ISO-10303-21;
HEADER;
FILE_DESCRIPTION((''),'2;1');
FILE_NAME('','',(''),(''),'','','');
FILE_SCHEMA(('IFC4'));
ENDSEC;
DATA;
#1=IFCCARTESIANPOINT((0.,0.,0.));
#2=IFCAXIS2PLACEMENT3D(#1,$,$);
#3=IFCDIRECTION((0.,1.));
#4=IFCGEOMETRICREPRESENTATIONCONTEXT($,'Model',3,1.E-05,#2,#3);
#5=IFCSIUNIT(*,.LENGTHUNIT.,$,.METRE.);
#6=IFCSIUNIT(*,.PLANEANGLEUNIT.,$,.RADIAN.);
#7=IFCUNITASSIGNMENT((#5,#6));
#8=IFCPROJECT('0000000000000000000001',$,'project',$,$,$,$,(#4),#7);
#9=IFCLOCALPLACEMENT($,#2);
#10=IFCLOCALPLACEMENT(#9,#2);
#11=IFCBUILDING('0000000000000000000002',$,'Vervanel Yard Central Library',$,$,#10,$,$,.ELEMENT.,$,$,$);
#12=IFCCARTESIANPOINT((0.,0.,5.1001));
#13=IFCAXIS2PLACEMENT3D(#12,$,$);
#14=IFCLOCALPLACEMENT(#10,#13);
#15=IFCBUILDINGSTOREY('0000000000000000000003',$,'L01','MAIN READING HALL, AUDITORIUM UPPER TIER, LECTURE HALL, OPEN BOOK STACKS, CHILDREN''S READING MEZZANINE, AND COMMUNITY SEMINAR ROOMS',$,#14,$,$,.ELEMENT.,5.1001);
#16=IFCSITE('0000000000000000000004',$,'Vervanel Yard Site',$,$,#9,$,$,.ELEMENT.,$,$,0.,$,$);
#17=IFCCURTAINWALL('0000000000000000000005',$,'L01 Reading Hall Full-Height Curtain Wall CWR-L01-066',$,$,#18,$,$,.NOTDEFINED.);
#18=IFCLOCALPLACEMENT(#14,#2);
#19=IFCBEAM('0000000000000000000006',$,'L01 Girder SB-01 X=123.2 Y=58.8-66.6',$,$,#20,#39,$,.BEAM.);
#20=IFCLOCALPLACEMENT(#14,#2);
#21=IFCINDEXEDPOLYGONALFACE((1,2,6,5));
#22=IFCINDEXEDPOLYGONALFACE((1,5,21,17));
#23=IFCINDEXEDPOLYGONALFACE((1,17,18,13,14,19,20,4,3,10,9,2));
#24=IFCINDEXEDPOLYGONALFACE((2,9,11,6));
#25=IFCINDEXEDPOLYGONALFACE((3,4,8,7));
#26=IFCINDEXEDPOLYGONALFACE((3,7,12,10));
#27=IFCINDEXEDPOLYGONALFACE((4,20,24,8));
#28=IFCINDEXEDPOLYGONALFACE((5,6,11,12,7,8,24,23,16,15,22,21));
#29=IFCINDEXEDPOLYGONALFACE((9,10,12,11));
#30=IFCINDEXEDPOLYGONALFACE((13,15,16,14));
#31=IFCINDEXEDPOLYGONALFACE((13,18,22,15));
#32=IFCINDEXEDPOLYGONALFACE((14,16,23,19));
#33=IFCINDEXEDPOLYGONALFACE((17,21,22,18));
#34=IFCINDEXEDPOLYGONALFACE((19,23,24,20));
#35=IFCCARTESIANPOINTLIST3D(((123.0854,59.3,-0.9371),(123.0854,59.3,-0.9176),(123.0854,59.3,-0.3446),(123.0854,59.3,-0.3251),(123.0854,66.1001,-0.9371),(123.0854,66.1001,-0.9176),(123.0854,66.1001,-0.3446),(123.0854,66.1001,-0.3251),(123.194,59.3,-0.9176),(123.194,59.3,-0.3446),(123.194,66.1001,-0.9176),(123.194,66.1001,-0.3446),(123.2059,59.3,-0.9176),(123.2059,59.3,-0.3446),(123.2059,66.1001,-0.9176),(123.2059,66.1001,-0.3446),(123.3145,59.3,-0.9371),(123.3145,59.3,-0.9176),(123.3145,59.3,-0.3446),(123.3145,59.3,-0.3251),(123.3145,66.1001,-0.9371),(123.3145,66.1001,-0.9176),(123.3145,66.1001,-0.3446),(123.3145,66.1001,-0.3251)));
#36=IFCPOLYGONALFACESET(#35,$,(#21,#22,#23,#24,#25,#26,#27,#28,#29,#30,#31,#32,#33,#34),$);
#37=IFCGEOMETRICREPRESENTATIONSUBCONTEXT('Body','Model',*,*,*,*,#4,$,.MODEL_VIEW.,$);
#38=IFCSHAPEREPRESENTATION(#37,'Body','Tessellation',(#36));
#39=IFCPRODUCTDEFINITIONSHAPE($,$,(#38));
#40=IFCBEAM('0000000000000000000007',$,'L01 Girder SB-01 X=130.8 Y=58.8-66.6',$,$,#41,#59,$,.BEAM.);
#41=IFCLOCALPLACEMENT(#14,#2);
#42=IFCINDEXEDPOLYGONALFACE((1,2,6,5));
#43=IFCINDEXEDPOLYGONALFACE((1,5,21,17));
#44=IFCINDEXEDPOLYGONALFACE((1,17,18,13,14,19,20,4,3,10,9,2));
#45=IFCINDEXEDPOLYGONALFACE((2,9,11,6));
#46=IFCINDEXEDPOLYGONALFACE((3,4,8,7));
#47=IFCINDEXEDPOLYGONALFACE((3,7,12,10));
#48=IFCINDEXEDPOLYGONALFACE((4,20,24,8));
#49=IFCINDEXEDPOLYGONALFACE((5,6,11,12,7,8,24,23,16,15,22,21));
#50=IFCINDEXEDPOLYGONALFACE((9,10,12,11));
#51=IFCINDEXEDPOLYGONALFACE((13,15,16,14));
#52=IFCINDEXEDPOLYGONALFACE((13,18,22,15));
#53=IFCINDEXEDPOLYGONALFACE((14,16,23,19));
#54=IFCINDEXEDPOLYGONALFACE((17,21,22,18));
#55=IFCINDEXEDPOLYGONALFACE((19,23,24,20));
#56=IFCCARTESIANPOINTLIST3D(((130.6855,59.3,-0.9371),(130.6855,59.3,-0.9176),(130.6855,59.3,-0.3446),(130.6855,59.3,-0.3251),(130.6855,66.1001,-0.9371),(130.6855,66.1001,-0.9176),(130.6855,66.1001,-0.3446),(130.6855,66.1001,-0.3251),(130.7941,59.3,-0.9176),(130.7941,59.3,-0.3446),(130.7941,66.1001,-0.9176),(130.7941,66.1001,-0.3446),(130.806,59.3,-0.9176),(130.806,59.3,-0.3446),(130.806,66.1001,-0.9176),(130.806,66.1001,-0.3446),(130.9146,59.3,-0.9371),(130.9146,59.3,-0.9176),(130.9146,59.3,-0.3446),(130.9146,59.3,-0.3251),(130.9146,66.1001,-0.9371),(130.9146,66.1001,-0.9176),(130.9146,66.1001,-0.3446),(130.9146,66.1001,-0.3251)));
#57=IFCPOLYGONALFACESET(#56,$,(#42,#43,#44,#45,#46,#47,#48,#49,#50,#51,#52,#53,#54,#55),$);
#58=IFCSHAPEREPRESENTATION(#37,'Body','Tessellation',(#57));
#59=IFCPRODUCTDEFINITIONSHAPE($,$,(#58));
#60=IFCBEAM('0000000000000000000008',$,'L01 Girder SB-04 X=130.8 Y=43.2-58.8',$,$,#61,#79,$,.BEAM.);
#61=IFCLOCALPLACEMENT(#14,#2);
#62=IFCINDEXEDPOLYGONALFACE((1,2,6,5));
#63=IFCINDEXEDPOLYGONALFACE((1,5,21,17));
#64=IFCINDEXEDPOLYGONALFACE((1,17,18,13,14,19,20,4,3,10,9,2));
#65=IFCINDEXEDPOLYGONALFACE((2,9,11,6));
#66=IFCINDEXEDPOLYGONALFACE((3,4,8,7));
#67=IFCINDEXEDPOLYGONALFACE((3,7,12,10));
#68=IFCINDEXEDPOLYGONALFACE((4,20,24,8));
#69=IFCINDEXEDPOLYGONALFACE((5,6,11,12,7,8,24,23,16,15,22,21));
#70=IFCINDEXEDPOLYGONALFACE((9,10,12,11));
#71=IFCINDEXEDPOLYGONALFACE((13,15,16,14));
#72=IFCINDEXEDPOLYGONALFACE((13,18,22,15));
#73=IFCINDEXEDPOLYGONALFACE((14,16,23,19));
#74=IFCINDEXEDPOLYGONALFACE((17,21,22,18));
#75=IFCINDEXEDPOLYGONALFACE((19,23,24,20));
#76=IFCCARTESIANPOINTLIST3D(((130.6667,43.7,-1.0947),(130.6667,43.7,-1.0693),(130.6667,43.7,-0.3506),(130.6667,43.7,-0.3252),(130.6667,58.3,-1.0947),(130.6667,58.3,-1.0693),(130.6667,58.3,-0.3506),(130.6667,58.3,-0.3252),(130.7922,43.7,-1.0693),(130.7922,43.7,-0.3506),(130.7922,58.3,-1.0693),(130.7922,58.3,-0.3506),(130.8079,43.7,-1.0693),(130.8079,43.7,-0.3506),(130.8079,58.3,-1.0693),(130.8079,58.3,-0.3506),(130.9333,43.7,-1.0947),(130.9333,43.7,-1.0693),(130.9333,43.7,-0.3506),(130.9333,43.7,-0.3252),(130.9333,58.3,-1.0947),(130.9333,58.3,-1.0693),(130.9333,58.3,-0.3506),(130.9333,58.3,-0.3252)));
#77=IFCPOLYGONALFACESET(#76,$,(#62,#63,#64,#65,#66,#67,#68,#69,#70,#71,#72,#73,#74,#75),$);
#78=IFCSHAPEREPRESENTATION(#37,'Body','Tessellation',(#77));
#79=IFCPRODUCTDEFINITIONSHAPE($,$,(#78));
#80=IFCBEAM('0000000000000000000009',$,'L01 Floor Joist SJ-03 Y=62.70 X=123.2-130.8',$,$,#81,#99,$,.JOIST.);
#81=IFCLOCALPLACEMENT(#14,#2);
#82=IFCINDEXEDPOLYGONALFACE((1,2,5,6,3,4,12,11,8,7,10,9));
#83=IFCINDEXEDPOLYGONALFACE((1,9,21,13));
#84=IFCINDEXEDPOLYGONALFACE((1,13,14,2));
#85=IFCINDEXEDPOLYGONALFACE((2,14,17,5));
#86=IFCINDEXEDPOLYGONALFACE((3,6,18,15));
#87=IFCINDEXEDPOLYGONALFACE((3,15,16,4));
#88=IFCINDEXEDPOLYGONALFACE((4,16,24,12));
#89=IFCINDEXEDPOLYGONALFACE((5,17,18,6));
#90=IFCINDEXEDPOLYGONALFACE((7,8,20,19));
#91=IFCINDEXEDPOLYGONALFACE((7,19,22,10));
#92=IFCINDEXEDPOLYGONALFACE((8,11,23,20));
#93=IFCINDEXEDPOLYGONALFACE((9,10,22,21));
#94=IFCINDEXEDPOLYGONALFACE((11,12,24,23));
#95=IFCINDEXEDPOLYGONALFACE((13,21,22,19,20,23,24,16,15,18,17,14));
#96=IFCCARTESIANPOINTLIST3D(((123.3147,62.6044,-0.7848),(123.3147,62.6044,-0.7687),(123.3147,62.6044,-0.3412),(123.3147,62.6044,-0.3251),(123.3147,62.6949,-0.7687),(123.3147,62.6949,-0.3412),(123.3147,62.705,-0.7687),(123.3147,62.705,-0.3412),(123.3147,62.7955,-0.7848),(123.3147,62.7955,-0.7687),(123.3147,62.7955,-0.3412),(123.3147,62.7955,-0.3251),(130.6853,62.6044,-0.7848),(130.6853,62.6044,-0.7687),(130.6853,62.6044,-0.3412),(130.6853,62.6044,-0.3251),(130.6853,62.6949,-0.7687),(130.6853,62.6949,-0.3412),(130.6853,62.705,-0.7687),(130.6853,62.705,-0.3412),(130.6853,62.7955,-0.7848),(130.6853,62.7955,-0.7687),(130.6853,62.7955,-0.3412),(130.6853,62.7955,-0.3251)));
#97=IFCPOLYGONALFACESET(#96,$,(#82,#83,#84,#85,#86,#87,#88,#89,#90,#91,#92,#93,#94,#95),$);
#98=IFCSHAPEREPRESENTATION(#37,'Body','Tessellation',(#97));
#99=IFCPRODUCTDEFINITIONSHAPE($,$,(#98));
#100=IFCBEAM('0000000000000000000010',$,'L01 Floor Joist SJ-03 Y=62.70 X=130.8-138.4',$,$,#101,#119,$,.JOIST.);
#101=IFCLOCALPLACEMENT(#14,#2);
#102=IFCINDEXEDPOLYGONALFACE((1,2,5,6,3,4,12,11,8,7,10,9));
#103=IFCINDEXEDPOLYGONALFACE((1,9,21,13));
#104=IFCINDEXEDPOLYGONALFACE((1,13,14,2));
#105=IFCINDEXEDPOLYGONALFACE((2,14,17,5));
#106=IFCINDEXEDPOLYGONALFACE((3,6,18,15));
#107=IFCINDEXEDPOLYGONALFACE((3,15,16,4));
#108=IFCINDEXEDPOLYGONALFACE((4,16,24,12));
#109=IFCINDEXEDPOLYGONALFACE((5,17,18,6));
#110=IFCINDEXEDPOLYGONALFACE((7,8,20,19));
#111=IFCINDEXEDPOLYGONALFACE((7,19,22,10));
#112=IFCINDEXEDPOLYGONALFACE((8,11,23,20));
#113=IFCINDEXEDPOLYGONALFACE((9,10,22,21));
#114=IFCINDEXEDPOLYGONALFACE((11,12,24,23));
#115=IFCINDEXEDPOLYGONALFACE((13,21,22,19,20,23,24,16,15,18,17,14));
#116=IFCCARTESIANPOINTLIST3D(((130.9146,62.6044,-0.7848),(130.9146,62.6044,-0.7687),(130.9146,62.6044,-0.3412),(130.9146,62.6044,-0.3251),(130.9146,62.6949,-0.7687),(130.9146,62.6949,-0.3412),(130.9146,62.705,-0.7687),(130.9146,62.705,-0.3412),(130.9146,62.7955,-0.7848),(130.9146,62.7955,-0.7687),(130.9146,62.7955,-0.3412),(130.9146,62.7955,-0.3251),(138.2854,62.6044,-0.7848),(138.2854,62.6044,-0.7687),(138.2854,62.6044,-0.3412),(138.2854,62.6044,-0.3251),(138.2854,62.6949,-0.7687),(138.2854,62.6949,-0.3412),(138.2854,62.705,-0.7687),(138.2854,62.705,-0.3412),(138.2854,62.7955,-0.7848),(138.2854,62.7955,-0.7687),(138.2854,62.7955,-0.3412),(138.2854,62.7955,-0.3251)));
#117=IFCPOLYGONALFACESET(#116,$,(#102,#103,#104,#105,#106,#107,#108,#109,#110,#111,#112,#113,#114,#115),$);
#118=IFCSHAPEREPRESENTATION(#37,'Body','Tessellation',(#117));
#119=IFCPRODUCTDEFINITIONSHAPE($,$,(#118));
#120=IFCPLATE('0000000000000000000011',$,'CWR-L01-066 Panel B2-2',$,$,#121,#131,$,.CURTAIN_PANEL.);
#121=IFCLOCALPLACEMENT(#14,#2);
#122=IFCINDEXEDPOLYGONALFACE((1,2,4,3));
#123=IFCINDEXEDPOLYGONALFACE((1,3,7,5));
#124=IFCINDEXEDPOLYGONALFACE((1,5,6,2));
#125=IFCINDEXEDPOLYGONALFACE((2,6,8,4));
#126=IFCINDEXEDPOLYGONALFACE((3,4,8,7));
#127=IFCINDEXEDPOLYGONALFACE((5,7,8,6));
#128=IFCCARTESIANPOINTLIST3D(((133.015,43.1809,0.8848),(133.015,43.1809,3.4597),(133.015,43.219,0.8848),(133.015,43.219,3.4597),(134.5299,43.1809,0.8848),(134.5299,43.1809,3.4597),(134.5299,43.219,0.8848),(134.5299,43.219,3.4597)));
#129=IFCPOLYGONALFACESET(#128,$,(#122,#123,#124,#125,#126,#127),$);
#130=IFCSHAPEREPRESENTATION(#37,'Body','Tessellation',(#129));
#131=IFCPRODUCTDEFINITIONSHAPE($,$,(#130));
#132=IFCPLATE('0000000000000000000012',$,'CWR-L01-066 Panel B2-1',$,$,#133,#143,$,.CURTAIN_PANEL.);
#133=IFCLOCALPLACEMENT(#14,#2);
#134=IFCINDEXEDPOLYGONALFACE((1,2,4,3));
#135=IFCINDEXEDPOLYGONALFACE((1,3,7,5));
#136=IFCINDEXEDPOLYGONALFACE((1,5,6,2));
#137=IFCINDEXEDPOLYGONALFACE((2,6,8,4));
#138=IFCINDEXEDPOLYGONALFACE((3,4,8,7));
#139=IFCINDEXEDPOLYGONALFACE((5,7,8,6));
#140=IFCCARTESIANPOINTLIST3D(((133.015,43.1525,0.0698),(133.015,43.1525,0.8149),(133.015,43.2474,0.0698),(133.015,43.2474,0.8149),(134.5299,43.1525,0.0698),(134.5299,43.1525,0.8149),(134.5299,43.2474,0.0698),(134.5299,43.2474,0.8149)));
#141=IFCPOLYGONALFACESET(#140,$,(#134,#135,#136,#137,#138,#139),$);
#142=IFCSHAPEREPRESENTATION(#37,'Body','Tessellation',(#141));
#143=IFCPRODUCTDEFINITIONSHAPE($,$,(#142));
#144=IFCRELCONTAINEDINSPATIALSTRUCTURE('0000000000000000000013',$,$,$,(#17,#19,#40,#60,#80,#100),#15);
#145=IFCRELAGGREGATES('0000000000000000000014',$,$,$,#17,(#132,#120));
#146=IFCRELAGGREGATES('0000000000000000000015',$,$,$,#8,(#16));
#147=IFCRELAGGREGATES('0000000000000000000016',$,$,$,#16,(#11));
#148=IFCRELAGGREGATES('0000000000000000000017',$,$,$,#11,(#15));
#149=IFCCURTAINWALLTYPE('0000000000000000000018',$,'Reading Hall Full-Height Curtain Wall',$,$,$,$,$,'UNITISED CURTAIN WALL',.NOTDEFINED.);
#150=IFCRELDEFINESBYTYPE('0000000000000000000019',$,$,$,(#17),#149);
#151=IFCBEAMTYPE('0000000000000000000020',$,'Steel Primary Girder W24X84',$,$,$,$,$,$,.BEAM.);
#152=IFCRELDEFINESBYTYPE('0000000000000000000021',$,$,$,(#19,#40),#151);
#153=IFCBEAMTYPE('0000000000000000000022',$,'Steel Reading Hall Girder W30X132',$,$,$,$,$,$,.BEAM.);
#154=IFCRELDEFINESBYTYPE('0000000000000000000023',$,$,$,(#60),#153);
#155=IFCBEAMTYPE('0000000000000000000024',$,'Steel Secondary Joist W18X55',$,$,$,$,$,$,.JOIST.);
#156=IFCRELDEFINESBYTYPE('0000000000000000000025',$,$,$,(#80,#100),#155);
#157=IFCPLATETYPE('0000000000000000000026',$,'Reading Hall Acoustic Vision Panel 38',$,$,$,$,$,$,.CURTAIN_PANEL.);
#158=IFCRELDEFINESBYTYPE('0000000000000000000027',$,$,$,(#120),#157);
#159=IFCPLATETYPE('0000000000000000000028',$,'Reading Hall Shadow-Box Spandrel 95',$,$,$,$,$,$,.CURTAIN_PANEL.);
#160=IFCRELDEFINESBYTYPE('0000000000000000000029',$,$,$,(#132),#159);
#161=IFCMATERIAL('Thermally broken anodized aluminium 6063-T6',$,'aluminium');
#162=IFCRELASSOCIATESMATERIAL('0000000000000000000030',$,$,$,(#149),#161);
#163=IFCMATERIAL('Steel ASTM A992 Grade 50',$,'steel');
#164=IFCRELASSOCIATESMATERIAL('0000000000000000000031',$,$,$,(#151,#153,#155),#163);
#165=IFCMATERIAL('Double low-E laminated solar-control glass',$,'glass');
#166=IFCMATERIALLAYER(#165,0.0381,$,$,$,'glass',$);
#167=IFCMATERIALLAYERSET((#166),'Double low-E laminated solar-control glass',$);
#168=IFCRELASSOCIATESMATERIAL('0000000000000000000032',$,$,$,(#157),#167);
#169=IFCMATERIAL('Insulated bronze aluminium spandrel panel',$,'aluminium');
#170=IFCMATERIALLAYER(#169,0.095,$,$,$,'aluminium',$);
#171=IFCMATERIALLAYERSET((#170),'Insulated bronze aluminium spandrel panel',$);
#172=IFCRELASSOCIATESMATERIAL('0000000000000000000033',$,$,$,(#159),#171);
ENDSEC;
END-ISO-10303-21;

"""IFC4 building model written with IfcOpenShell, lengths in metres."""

from ifc_helpers import new_model, si_unit, direction, frame, origin, origin_2d, place, context, subcontext, project, spatial, rectangle, i_section, extrude, material, layer, layer_set, material_profile, profile_set, type_object, element, aggregate, save


model = new_model("IFC4")

# Units and contexts
model_context = context("Model", 3, precision=1e-05, world=origin(), true_north=direction((0.0, 1.0)))
body_context = subcontext(model_context, "Body", "Model", "MODEL_VIEW")
ifc_project = project(units=[si_unit("LENGTHUNIT", "METRE"), si_unit("PLANEANGLEUNIT", "RADIAN")], contexts=[model_context])

# Site, building, storey
site_placement = place(None, origin())
site = spatial("IfcSite", under=ifc_project, at=site_placement, Name="Vervanel Yard Site", CompositionType="ELEMENT", RefElevation=0.0)
building_placement = place(site_placement, origin())
building = spatial("IfcBuilding", under=site, at=building_placement, Name="Vervanel Yard Central Library", CompositionType="ELEMENT")
storey_placement = place(building_placement, frame((0.0, 0.0, 5.1001)))
storey = spatial("IfcBuildingStorey", under=building, at=storey_placement, Name="L01", Description="MAIN READING HALL, AUDITORIUM UPPER TIER, LECTURE HALL, OPEN BOOK STACKS, CHILDREN'S READING MEZZANINE, AND COMMUNITY SEMINAR ROOMS", CompositionType="ELEMENT", Elevation=5.1001)

# Shared definitions
ifc_material_1 = material(Name="Steel ASTM A992 Grade 50", Category="steel")

# Curtain wall
ifc_material_2 = material(Name="Thermally broken anodized aluminium 6063-T6", Category="aluminium")
curtain_wall_type = type_object("IfcCurtainWallType", Name="Reading Hall Full-Height Curtain Wall", ElementType="UNITISED CURTAIN WALL", PredefinedType="NOTDEFINED", material=ifc_material_2)
curtain_wall_1_placement = place(storey_placement, origin())
curtain_wall_1 = element("IfcCurtainWall", 1, at=curtain_wall_1_placement, inside=storey, type_object=curtain_wall_type, Name="L01 Reading Hall Full-Height Curtain Wall CWR-L01-066", PredefinedType="NOTDEFINED")

# Beams
ifc_material_profile_1 = material_profile(ifc_material_1, i_section(OverallWidth=0.229, OverallDepth=0.6121, WebThickness=0.012, FlangeThickness=0.0195, at=origin_2d()), Name="W24X84", Category="steel")
ifc_profile_set_1 = profile_set([ifc_material_profile_1], Name="Steel ASTM A992 Grade 50")
beam_type_1 = type_object("IfcBeamType", Name="Steel Primary Girder W24X84", PredefinedType="BEAM", material=ifc_profile_set_1)
for number, where, z_axis, x_axis, name in (
    (2, (123.2, 59.3, -0.6311), (0.0, 1.0, 0.0), (-1.0, 0.0, 0.0), "L01 Girder SB-01 X=123.2 Y=58.8-66.6"),
    (3, (130.8, 59.3, -0.6311), (0.0, 1.0, 0.0), (-1.0, 0.0, 0.0), "L01 Girder SB-01 X=130.8 Y=58.8-66.6"),
):
    element("IfcBeam", number, at=place(storey_placement, frame(where, z_axis=z_axis, x_axis=x_axis)), inside=storey, type_object=beam_type_1, Name=name, PredefinedType="BEAM", context=body_context, shape_type="SweptSolid", body=[
        extrude(i_section(OverallWidth=0.229, OverallDepth=0.6121, WebThickness=0.012, FlangeThickness=0.0195, at=origin_2d()), origin(), (0.0, 0.0, 1.0), 6.8),
    ])
ifc_material_profile_2 = material_profile(ifc_material_1, i_section(OverallWidth=0.2666, OverallDepth=0.7695, WebThickness=0.0156, FlangeThickness=0.0254, at=origin_2d()), Name="W30X132", Category="steel")
ifc_profile_set_2 = profile_set([ifc_material_profile_2], Name="Steel ASTM A992 Grade 50")
beam_type_2 = type_object("IfcBeamType", Name="Steel Reading Hall Girder W30X132", PredefinedType="BEAM", material=ifc_profile_set_2)
beam_1_placement = place(storey_placement, frame((130.8, 43.7, -0.71), z_axis=(0.0, 1.0, 0.0), x_axis=(-1.0, 0.0, 0.0)))
element("IfcBeam", 4, at=beam_1_placement, inside=storey, type_object=beam_type_2, Name="L01 Girder SB-04 X=130.8 Y=43.2-58.8", PredefinedType="BEAM", context=body_context, shape_type="SweptSolid", body=[
    extrude(i_section(OverallWidth=0.2666, OverallDepth=0.7695, WebThickness=0.0156, FlangeThickness=0.0254, at=origin_2d()), origin(), (0.0, 0.0, 1.0), 14.6001),
])
ifc_material_profile_3 = material_profile(ifc_material_1, i_section(OverallWidth=0.1912, OverallDepth=0.4597, WebThickness=0.01, FlangeThickness=0.0161, at=origin_2d()), Name="W18X55", Category="steel")
ifc_profile_set_3 = profile_set([ifc_material_profile_3], Name="Steel ASTM A992 Grade 50")
beam_type_3 = type_object("IfcBeamType", Name="Steel Secondary Joist W18X55", PredefinedType="JOIST", material=ifc_profile_set_3)
beam_2_placement = place(storey_placement, frame((123.3147, 62.7, -0.5549), z_axis=(1.0, 0.0, 0.0), x_axis=(0.0, 1.0, 0.0)))
element("IfcBeam", 5, at=beam_2_placement, inside=storey, type_object=beam_type_3, Name="L01 Floor Joist SJ-03 Y=62.70 X=123.2-130.8", PredefinedType="JOIST", context=body_context, shape_type="SweptSolid", body=[
    extrude(i_section(OverallWidth=0.1912, OverallDepth=0.4597, WebThickness=0.01, FlangeThickness=0.0161, at=origin_2d()), origin(), (0.0, 0.0, 1.0), 7.3706),
])
beam_3_placement = place(storey_placement, frame((130.9146, 62.7, -0.5549), z_axis=(1.0, 0.0, 0.0), x_axis=(0.0, 1.0, 0.0)))
element("IfcBeam", 6, at=beam_3_placement, inside=storey, type_object=beam_type_3, Name="L01 Floor Joist SJ-03 Y=62.70 X=130.8-138.4", PredefinedType="JOIST", context=body_context, shape_type="SweptSolid", body=[
    extrude(i_section(OverallWidth=0.1912, OverallDepth=0.4597, WebThickness=0.01, FlangeThickness=0.0161, at=origin_2d()), origin(), (0.0, 0.0, 1.0), 7.3708),
])

# Plates
ifc_material_3 = material(Name="Double low-E laminated solar-control glass", Category="glass")
ifc_layer_1 = layer(ifc_material_3, 0.0381, Category="glass")
ifc_layer_set_1 = layer_set([ifc_layer_1], Name="Double low-E laminated solar-control glass")
plate_type_1 = type_object("IfcPlateType", Name="Reading Hall Acoustic Vision Panel 38", PredefinedType="CURTAIN_PANEL", material=ifc_layer_set_1)
plate_1_placement = place(storey_placement, frame((133.7725, 43.2, 0.8848), z_axis=(0.0, 0.0, 1.0), x_axis=(1.0, 0.0, 0.0)))
plate_1 = element("IfcPlate", 7, at=plate_1_placement, type_object=plate_type_1, Name="CWR-L01-066 Panel B2-2", PredefinedType="CURTAIN_PANEL", context=body_context, shape_type="SweptSolid", body=[
    extrude(rectangle(XDim=1.5149, YDim=0.0381, at=origin_2d()), origin(), (0.0, 0.0, 1.0), 2.575),
])
ifc_material_4 = material(Name="Insulated bronze aluminium spandrel panel", Category="aluminium")
ifc_layer_2 = layer(ifc_material_4, 0.095, Category="aluminium")
ifc_layer_set_2 = layer_set([ifc_layer_2], Name="Insulated bronze aluminium spandrel panel")
plate_type_2 = type_object("IfcPlateType", Name="Reading Hall Shadow-Box Spandrel 95", PredefinedType="CURTAIN_PANEL", material=ifc_layer_set_2)
plate_2_placement = place(storey_placement, frame((133.7725, 43.2, 0.0698), z_axis=(0.0, 0.0, 1.0), x_axis=(1.0, 0.0, 0.0)))
plate_2 = element("IfcPlate", 8, at=plate_2_placement, type_object=plate_type_2, Name="CWR-L01-066 Panel B2-1", PredefinedType="CURTAIN_PANEL", context=body_context, shape_type="SweptSolid", body=[
    extrude(rectangle(XDim=1.5149, YDim=0.095, at=origin_2d()), origin(), (0.0, 0.0, 1.0), 0.7451),
])
aggregate(curtain_wall_1, [plate_2, plate_1])

save(model, "model.ifc")
